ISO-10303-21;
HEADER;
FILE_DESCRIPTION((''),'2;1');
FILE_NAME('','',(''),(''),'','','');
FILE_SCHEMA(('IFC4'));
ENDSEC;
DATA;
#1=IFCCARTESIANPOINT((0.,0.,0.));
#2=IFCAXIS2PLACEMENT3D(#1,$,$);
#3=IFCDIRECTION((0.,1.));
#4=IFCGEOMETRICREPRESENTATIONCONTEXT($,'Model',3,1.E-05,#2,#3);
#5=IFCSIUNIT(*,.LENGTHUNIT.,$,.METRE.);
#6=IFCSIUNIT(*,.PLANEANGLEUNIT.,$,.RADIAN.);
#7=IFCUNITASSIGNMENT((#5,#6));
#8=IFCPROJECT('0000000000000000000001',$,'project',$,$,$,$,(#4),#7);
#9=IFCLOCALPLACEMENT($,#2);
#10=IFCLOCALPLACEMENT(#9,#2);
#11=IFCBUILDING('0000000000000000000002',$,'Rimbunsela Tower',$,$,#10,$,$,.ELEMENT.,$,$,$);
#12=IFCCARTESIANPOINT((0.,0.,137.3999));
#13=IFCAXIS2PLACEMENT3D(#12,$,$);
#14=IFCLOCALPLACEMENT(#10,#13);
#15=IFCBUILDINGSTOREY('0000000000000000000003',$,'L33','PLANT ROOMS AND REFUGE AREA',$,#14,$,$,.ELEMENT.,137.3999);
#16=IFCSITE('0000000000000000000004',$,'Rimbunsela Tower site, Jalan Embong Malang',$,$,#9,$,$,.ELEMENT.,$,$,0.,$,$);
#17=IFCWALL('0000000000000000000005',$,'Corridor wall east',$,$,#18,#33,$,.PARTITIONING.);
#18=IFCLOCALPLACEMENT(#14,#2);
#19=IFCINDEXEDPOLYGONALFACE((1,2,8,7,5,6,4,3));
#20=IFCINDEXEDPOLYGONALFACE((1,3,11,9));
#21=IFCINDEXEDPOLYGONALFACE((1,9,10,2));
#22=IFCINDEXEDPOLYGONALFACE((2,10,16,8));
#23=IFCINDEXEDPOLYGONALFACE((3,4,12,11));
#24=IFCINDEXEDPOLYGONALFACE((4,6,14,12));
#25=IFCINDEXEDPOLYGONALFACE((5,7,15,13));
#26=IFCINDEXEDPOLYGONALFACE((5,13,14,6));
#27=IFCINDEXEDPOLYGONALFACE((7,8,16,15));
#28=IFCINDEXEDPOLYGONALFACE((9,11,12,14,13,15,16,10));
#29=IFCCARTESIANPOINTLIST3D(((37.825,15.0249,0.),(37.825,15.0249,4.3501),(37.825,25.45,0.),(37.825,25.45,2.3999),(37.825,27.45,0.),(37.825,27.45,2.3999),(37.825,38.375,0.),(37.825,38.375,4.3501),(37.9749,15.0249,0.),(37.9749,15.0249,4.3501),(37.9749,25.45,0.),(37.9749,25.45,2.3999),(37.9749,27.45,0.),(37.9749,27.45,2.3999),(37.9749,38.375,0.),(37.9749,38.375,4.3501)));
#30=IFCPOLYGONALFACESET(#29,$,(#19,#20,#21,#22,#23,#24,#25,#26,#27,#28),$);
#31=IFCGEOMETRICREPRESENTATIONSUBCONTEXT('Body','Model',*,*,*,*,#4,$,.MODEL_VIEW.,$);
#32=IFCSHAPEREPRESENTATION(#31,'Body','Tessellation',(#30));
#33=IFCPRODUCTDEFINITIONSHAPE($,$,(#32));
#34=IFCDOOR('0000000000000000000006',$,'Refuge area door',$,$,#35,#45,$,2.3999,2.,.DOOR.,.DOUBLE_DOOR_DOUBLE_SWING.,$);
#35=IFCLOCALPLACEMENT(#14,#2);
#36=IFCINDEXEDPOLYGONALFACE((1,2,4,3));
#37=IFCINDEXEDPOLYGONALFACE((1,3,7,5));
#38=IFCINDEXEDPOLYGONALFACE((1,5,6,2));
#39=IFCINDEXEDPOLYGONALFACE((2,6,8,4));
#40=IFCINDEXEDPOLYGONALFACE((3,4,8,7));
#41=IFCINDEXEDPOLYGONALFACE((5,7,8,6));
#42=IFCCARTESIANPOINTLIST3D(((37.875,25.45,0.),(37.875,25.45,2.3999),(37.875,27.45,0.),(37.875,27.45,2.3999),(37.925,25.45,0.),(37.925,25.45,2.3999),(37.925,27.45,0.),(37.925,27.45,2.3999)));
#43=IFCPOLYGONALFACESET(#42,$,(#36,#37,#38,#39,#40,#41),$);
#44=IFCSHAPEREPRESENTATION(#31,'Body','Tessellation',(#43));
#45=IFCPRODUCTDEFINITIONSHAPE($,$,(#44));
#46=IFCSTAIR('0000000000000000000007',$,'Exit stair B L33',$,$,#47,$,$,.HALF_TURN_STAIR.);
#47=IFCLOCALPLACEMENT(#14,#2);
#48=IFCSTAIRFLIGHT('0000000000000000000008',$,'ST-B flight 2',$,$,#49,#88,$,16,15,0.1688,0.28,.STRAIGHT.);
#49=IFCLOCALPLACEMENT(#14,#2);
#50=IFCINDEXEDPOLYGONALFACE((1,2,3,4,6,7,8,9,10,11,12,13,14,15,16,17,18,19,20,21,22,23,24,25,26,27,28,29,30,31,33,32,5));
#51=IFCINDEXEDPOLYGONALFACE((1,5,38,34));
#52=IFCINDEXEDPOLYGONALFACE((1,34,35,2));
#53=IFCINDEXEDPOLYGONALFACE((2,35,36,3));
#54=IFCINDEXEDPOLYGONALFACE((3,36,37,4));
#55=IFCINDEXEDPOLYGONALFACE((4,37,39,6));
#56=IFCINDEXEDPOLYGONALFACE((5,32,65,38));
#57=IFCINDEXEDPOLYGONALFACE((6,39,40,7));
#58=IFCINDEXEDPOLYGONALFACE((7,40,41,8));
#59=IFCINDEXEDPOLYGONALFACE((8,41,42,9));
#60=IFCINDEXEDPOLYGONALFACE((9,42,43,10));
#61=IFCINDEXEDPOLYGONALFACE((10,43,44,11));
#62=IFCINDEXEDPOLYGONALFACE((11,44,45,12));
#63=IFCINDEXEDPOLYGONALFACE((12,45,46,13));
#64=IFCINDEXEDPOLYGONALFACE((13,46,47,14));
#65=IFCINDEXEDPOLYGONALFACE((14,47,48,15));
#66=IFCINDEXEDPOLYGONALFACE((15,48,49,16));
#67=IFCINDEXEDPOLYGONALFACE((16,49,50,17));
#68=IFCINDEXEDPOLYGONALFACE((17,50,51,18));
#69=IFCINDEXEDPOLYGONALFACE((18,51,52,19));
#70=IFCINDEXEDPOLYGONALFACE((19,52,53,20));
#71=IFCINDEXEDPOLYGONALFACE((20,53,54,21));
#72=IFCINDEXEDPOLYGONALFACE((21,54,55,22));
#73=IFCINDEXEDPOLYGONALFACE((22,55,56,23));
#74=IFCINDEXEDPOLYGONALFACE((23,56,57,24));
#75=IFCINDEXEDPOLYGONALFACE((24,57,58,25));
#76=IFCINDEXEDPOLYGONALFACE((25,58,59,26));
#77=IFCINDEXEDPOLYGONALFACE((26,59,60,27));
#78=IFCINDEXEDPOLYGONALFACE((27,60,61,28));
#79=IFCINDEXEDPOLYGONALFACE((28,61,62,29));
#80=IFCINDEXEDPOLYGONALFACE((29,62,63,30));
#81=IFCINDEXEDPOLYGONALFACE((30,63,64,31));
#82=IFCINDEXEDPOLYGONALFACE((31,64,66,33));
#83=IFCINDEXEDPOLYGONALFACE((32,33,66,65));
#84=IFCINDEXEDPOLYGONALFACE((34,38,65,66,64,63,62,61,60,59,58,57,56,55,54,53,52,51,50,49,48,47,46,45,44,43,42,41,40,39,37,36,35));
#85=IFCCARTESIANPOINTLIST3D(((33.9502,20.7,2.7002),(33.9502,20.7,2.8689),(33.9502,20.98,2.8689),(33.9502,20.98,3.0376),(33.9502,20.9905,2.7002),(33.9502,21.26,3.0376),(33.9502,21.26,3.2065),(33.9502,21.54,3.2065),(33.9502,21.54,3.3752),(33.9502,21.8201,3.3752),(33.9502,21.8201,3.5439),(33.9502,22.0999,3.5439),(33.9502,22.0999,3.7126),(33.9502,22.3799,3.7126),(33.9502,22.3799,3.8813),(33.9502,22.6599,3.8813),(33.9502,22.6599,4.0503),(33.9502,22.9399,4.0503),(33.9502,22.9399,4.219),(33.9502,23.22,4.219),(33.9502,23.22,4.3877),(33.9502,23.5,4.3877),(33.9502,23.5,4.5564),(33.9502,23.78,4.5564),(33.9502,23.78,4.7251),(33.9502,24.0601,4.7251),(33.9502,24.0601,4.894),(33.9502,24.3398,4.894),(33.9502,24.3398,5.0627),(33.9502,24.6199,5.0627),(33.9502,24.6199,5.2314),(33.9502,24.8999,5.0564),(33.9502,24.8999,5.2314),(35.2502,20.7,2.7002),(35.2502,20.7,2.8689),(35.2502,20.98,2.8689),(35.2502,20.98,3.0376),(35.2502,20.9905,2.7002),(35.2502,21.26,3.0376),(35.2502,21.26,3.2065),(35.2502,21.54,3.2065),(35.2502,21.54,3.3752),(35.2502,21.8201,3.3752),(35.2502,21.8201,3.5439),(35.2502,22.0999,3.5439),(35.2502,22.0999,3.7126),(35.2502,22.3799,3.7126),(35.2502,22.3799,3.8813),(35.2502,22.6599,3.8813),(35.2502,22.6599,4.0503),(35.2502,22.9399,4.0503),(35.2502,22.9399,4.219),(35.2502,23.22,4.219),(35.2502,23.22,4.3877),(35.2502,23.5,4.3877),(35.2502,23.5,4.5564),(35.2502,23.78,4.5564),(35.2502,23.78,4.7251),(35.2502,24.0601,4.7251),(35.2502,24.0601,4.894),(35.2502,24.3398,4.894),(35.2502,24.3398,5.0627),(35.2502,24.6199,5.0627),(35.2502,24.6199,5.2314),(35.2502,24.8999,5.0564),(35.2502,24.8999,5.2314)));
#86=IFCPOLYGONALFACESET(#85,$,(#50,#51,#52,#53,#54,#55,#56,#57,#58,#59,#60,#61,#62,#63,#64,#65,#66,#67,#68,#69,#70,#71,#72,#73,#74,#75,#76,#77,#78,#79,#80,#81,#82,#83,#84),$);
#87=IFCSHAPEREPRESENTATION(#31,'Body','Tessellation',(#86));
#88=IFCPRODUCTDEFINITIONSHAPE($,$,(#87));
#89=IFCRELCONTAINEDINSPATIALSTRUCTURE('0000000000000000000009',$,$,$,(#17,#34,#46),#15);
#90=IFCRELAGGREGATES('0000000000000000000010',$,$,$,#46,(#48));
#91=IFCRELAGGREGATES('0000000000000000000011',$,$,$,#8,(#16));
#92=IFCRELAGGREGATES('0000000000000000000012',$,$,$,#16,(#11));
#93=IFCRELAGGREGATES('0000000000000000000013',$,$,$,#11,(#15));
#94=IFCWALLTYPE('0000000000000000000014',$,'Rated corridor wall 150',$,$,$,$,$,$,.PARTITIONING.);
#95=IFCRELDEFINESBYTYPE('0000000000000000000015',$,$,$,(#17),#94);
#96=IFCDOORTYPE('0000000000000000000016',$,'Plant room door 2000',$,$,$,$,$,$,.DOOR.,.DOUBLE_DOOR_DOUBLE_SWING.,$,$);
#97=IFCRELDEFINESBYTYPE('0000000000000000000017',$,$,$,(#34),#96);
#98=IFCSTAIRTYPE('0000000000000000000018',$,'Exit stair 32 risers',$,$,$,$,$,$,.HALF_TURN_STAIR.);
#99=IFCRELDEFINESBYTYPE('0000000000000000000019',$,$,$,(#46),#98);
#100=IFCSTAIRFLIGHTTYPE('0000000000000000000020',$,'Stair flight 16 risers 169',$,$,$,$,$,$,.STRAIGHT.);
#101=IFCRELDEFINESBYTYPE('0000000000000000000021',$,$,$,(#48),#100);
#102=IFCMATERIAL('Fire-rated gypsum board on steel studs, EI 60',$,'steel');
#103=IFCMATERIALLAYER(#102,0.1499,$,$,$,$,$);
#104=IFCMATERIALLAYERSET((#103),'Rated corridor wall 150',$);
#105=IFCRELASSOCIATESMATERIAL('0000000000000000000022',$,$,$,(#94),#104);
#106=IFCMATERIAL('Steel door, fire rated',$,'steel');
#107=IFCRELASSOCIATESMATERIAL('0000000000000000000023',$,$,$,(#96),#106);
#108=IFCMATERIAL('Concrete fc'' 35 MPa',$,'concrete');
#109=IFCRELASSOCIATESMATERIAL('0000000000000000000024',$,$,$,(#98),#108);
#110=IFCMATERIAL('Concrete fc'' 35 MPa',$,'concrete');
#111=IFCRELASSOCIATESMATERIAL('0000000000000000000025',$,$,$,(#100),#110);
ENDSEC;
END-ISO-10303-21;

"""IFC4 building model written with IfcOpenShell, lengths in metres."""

from ifc_helpers import new_model, si_unit, direction, frame, frame_2d, origin, place, context, subcontext, project, spatial, polyline, rectangle, outline, extrude, material, layer, layer_set, type_object, element, fill, aggregate, save


model = new_model("IFC4")

# Units and contexts
model_context = context("Model", 3, precision=1e-05, world=origin(), true_north=direction((0.0, 1.0)))
body_context = subcontext(model_context, "Body", "Model", "MODEL_VIEW")
ifc_project = project(units=[si_unit("LENGTHUNIT", "METRE"), si_unit("PLANEANGLEUNIT", "RADIAN")], contexts=[model_context])

# Site, building, storey
site_placement = place(None, origin())
site = spatial("IfcSite", under=ifc_project, at=site_placement, Name="Rimbunsela Tower site, Jalan Embong Malang", CompositionType="ELEMENT", RefElevation=0.0)
building_placement = place(site_placement, origin())
building = spatial("IfcBuilding", under=site, at=building_placement, Name="Rimbunsela Tower", CompositionType="ELEMENT")
storey_placement = place(building_placement, frame((0.0, 0.0, 137.3999)))
storey = spatial("IfcBuildingStorey", under=building, at=storey_placement, Name="L33", Description="PLANT ROOMS AND REFUGE AREA", CompositionType="ELEMENT", Elevation=137.3999)

# Wall, opening, door
ifc_material_1 = material(Name="Fire-rated gypsum board on steel studs, EI 60", Category="steel")
ifc_layer_1 = layer(ifc_material_1, 0.1499)
ifc_layer_set_1 = layer_set([ifc_layer_1], Name="Rated corridor wall 150")
wall_type_1 = type_object("IfcWallType", Name="Rated corridor wall 150", PredefinedType="PARTITIONING", material=ifc_layer_set_1)
wall_1_placement = place(storey_placement, frame((37.8999, 15.0249, 0.0), z_axis=(0.0, 0.0, 1.0), x_axis=(0.0, 1.0, 0.0)))
wall_1 = element("IfcWall", 1, at=wall_1_placement, inside=storey, type_object=wall_type_1, Name="Corridor wall east", PredefinedType="PARTITIONING", context=body_context, shape_type="SweptSolid", body=[
    extrude(rectangle(XDim=23.3501, YDim=0.1499, at=frame_2d((11.675, 0.0))), origin(), (0.0, 0.0, 1.0), 4.3501),
])
opening_1_placement = place(wall_1_placement, frame((10.425, 0.0, 0.0)))
opening_1 = element("IfcOpeningElement", 2, at=opening_1_placement, cuts=wall_1, PredefinedType="OPENING", context=body_context, shape_type="SweptSolid", body=[
    extrude(rectangle(XDim=2.0, YDim=2.3999, at=frame_2d((1.0, 1.2))), frame((0.0, 0.085, 0.0), z_axis=(0.0, -1.0, 0.0), x_axis=(1.0, 0.0, 0.0)), (0.0, 0.0, 1.0), 0.1699),
])
ifc_material_2 = material(Name="Steel door, fire rated", Category="steel")
door_type_1 = type_object("IfcDoorType", Name="Plant room door 2000", OperationType="DOUBLE_DOOR_DOUBLE_SWING", PredefinedType="DOOR", material=ifc_material_2)
door_1_placement = place(opening_1_placement, origin())
door_1 = element("IfcDoor", 3, at=door_1_placement, inside=storey, type_object=door_type_1, Name="Refuge area door", OperationType="DOUBLE_DOOR_DOUBLE_SWING", OverallHeight=2.3999, OverallWidth=2.0, PredefinedType="DOOR", context=body_context, shape_type="SweptSolid", body=[
    extrude(rectangle(XDim=2.0, YDim=2.3999, at=frame_2d((1.0, 1.2))), frame((0.0, 0.0249, 0.0), z_axis=(0.0, -1.0, 0.0), x_axis=(1.0, 0.0, 0.0)), (0.0, 0.0, 1.0), 0.05),
])
fill(opening_1, door_1)

# Stair, stair flight
ifc_material_3 = material(Name="Concrete fc' 35 MPa", Category="concrete")
stair_type = type_object("IfcStairType", Name="Exit stair 32 risers", PredefinedType="HALF_TURN_STAIR", material=ifc_material_3)
stair_placement = place(storey_placement, origin())
stair = element("IfcStair", 4, at=stair_placement, inside=storey, type_object=stair_type, Name="Exit stair B L33", PredefinedType="HALF_TURN_STAIR")
ifc_material_4 = material(Name="Concrete fc' 35 MPa", Category="concrete")
stair_flight_type = type_object("IfcStairFlightType", Name="Stair flight 16 risers 169", PredefinedType="STRAIGHT", material=ifc_material_4)
stair_flight_placement = place(storey_placement, frame((34.6001, 20.7, 2.7002), z_axis=(0.0, 0.0, 1.0), x_axis=(0.0, 1.0, 0.0)))
stair_flight = element("IfcStairFlight", 5, at=stair_flight_placement, type_object=stair_flight_type, Name="ST-B flight 2", NumberOfRisers=16, NumberOfTreads=15, PredefinedType="STRAIGHT", RiserHeight=0.1688, TreadLength=0.28, context=body_context, shape_type="SweptSolid", body=[
    extrude(outline(polyline([(0.0, 0.0), (0.0, 0.1687), (0.28, 0.1687), (0.28, 0.3374), (0.5601, 0.3374), (0.5601, 0.5063), (0.8401, 0.5063), (0.8401, 0.675), (1.1201, 0.675), (1.1201, 0.8438), (1.3999, 0.8438), (1.3999, 1.0125), (1.6799, 1.0125), (1.6799, 1.1812), (1.96, 1.1812), (1.96, 1.3501), (2.24, 1.3501), (2.24, 1.5188), (2.52, 1.5188), (2.52, 1.6875), (2.8, 1.6875), (2.8, 1.8562), (3.0801, 1.8562), (3.0801, 2.0249), (3.3601, 2.0249), (3.3601, 2.1938), (3.6399, 2.1938), (3.6399, 2.3625), (3.9199, 2.3625), (3.9199, 2.5312), (4.2, 2.5312), (4.2, 2.7), (4.2, 2.3562), (0.2905, 0.0), (0.0, 0.0)])), frame((0.0, 0.6499, 0.0), z_axis=(0.0, -1.0, 0.0), x_axis=(1.0, 0.0, 0.0)), (0.0, 0.0, 1.0), 1.3),
])
aggregate(stair, [stair_flight])

save(model, "model.ifc")
